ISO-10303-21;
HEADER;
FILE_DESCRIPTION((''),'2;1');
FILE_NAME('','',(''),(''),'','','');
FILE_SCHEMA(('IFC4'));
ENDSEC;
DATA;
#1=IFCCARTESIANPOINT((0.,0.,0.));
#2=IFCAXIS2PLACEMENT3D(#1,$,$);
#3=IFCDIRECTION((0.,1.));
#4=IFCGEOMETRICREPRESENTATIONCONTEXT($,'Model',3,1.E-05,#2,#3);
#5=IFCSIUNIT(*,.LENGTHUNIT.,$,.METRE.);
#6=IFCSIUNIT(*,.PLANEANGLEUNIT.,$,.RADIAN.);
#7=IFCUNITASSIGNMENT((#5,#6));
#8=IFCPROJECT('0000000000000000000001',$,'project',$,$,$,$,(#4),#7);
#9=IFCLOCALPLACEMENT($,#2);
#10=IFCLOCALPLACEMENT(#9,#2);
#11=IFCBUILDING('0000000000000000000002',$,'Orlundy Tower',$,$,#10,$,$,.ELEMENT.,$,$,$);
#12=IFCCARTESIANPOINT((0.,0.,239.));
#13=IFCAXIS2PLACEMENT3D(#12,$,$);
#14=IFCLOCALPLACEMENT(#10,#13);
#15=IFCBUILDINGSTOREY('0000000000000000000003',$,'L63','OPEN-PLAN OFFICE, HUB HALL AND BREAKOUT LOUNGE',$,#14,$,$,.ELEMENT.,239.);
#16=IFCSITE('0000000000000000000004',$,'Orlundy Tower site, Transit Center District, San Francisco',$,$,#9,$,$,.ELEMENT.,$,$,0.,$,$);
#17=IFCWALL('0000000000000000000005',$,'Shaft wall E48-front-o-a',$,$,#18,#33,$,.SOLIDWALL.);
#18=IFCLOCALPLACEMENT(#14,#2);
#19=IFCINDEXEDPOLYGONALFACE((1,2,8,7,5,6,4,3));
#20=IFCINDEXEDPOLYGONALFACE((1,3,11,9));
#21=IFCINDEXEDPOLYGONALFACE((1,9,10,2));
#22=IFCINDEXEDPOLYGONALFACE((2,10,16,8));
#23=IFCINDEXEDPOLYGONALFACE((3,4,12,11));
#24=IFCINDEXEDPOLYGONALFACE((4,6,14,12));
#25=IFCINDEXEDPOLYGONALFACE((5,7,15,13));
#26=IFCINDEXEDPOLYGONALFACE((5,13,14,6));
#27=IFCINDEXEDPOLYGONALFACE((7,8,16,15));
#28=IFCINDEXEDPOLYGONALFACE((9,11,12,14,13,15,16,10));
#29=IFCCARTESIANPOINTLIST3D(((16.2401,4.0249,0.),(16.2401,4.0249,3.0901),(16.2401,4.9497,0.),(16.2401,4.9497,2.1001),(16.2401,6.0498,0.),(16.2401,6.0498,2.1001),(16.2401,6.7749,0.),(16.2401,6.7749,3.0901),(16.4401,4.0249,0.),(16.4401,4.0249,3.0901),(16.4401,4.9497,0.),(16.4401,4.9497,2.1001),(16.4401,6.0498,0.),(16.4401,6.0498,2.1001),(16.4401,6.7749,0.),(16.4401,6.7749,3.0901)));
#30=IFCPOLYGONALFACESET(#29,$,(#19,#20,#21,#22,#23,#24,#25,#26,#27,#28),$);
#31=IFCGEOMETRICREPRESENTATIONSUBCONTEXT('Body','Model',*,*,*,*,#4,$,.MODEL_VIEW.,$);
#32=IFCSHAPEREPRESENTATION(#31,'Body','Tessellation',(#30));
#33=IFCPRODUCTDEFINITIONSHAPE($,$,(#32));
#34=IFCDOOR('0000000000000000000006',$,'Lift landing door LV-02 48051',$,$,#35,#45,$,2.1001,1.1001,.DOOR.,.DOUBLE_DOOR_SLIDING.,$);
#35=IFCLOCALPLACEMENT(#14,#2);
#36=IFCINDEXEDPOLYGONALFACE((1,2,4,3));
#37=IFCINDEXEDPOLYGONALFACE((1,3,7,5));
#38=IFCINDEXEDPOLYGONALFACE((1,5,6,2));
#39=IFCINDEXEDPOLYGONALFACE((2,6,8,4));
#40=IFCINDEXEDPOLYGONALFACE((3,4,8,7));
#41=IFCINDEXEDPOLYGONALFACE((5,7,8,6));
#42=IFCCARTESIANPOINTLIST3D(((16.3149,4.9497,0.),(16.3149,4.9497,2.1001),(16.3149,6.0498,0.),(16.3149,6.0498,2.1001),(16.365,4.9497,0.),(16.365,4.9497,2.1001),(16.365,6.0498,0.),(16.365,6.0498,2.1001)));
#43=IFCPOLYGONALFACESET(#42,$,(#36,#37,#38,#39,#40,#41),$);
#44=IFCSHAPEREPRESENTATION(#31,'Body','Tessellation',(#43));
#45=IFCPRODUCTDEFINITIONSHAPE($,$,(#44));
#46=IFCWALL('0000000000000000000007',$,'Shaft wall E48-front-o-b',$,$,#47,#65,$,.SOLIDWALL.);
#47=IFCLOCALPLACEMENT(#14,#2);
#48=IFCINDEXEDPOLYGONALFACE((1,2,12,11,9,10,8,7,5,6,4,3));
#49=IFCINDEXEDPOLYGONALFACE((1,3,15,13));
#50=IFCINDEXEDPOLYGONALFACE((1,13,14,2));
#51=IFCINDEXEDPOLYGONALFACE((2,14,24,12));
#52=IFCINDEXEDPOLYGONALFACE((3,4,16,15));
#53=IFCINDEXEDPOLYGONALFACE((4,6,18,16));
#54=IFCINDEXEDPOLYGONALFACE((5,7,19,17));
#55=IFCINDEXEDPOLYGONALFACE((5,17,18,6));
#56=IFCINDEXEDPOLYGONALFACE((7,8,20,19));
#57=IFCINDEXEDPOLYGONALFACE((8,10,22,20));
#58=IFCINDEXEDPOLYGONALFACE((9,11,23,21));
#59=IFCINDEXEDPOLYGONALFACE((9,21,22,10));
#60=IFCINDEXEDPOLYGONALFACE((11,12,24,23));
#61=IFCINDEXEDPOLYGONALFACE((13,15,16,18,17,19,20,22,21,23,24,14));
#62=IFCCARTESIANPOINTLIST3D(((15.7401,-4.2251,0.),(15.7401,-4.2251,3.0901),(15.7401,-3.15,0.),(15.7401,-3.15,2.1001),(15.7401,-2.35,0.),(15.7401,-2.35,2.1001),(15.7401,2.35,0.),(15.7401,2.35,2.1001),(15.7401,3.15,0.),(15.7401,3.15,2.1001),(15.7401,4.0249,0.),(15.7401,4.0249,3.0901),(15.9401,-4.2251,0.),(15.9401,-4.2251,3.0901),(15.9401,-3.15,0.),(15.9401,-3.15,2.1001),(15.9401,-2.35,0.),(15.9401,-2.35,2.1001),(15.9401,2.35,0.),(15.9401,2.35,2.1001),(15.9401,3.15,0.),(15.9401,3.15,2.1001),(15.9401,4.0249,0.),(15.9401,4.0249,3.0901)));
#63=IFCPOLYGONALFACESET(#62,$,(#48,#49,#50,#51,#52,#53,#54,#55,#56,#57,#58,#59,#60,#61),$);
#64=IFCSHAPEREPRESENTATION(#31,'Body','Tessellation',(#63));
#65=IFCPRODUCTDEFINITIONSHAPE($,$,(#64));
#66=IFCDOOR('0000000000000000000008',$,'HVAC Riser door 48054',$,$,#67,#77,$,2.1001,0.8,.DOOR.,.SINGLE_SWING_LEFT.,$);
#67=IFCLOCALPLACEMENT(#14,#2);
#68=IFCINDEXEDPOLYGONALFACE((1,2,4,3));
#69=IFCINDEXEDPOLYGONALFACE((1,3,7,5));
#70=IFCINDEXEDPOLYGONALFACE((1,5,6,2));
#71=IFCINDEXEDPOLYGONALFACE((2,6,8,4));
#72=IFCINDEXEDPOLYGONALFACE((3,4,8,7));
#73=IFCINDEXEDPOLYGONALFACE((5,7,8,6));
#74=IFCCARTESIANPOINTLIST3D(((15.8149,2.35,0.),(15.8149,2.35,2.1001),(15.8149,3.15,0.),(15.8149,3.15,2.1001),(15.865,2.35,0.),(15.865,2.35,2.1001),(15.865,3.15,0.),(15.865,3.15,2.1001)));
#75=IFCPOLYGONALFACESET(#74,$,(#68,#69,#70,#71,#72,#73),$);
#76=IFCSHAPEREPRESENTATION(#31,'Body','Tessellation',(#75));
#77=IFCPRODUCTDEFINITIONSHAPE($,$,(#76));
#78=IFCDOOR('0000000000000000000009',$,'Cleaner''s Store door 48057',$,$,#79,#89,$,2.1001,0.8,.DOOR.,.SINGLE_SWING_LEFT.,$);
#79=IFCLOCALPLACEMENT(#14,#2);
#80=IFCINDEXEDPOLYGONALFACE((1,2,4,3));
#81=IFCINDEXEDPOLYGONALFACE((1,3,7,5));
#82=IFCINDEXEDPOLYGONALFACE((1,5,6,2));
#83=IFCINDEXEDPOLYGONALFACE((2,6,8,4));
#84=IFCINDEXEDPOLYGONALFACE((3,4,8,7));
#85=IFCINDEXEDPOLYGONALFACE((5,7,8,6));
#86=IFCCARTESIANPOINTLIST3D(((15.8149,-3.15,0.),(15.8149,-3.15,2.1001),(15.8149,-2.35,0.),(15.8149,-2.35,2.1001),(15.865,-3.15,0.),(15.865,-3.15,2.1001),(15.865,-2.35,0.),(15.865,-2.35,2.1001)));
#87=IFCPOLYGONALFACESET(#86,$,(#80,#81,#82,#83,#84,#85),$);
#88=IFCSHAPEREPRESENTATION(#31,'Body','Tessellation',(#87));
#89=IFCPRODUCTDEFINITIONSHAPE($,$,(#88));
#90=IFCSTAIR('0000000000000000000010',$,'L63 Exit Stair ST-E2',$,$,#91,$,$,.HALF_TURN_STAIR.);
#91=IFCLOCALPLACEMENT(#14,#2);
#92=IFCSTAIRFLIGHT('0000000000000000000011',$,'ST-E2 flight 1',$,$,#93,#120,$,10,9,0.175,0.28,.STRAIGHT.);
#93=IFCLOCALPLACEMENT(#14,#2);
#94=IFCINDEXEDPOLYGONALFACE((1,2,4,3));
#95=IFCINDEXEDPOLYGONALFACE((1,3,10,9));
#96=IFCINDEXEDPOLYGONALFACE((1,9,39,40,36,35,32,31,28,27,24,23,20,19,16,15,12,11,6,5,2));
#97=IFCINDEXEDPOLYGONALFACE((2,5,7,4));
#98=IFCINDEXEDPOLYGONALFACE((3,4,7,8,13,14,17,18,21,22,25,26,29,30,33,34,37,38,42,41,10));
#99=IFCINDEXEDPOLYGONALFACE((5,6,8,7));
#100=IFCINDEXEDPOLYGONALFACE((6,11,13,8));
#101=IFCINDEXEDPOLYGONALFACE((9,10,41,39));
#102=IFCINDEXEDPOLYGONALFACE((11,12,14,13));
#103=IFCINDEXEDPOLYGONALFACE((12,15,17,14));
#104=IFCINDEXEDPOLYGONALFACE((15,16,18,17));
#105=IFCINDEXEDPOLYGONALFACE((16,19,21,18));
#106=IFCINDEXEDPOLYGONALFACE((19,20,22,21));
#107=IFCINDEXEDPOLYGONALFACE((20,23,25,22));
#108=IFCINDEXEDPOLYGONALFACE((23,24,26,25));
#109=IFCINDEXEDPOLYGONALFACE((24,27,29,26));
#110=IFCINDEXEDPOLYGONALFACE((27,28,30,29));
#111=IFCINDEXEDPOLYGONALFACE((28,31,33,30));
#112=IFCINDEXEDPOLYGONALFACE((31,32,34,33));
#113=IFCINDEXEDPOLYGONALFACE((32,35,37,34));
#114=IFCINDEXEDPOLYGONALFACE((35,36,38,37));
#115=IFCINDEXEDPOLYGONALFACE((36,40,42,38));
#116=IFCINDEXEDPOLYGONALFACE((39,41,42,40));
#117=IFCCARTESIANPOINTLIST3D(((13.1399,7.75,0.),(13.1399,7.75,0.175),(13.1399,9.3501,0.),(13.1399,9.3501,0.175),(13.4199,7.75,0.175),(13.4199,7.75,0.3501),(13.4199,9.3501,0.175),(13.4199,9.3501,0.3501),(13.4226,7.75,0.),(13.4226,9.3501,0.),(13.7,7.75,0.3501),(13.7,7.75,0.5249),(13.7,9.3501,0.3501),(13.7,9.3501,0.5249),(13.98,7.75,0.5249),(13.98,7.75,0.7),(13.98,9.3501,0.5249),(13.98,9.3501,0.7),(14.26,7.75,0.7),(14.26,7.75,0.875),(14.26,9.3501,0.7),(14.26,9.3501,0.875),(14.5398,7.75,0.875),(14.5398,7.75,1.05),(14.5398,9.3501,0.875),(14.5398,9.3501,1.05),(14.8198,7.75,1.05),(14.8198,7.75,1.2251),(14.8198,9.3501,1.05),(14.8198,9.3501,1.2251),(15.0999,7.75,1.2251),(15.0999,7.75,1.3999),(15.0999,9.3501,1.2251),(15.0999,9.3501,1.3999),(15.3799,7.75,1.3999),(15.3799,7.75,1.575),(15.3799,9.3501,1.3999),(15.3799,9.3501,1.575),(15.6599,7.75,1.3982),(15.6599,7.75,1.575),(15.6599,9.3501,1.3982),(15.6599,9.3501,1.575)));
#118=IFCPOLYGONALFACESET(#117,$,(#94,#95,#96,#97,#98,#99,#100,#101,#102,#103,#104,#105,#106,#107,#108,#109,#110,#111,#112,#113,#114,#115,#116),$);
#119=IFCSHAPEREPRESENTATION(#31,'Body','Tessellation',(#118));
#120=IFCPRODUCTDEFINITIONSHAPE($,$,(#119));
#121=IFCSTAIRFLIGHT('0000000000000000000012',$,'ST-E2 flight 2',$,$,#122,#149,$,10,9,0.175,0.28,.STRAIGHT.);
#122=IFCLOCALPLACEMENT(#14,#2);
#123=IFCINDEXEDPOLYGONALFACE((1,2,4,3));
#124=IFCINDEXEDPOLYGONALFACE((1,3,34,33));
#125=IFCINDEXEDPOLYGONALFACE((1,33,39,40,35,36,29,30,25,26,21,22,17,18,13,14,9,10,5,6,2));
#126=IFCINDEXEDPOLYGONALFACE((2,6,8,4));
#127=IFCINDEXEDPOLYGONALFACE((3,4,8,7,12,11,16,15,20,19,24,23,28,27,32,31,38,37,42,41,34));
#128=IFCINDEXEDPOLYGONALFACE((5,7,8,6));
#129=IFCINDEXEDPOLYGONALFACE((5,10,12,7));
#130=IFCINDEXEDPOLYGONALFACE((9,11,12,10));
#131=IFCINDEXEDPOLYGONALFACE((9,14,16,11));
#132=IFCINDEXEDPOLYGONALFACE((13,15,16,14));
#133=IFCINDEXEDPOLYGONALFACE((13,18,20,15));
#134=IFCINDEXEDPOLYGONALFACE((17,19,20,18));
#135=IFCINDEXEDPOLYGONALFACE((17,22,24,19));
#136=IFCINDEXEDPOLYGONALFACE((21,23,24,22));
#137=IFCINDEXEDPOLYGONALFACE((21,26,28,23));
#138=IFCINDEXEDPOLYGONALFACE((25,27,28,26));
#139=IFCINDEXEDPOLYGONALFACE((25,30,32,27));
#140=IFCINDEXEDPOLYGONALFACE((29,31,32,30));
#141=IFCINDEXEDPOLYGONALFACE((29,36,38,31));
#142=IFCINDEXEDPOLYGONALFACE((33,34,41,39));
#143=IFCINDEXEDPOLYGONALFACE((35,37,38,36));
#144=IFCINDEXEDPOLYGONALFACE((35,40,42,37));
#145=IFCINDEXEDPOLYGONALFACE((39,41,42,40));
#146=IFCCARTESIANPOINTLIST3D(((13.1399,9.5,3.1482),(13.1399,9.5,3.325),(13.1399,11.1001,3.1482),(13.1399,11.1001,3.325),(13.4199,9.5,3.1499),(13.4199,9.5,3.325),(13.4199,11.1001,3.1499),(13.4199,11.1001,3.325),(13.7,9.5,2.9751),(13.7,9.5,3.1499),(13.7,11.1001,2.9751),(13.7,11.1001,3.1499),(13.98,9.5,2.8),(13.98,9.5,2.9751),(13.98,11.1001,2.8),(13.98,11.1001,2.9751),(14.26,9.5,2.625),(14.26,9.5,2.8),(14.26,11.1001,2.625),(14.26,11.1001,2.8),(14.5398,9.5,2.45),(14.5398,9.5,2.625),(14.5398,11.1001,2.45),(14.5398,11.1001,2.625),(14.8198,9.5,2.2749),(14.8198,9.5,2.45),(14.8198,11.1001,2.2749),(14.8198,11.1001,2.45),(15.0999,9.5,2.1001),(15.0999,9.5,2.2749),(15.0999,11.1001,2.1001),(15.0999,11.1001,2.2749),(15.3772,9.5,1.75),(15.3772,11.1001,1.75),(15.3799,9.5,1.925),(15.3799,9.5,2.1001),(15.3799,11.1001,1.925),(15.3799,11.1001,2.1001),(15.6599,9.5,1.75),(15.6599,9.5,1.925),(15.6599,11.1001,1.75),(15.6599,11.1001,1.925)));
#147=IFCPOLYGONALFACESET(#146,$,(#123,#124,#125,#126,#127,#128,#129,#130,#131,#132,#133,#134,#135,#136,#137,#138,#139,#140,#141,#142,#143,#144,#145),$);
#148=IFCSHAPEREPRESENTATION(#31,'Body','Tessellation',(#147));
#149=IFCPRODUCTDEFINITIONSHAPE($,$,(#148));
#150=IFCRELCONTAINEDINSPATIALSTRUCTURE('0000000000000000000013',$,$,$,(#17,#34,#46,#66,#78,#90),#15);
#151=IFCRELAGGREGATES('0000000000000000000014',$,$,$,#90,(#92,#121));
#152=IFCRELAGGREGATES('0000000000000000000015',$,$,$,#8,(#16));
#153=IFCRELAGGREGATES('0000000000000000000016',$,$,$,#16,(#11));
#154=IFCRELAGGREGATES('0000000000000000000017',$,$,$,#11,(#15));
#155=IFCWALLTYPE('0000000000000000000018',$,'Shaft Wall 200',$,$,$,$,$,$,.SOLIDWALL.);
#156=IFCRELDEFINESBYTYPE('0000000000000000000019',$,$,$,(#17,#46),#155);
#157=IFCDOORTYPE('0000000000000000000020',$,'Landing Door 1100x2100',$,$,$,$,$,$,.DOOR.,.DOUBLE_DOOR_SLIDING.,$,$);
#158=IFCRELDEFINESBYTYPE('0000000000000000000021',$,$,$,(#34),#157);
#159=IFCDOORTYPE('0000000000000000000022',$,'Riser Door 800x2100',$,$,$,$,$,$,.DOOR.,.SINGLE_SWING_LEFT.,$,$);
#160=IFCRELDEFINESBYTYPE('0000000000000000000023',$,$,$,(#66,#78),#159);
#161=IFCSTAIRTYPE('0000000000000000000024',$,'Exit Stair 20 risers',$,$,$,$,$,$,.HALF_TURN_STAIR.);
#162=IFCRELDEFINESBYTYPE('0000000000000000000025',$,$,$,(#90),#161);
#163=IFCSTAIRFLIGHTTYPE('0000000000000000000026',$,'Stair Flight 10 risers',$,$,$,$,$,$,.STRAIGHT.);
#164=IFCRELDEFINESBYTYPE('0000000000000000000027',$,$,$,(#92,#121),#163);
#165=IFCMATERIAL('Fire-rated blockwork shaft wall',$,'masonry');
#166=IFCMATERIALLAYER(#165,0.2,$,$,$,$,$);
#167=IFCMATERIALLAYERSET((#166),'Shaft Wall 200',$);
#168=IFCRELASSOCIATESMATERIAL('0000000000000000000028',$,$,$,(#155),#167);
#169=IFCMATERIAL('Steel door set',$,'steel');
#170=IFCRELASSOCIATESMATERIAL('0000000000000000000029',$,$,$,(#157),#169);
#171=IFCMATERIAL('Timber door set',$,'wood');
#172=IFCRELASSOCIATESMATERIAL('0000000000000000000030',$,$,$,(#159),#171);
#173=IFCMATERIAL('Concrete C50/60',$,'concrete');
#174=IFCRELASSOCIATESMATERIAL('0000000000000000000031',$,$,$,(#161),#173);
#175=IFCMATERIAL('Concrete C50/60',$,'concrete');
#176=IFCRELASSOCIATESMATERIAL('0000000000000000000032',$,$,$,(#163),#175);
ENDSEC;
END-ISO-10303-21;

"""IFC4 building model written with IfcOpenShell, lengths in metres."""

from ifc_helpers import new_model, si_unit, direction, frame, frame_2d, origin, place, context, subcontext, project, spatial, polyline, rectangle, outline, extrude, material, layer, layer_set, type_object, element, fill, aggregate, save


model = new_model("IFC4")

# Units and contexts
model_context = context("Model", 3, precision=1e-05, world=origin(), true_north=direction((0.0, 1.0)))
body_context = subcontext(model_context, "Body", "Model", "MODEL_VIEW")
ifc_project = project(units=[si_unit("LENGTHUNIT", "METRE"), si_unit("PLANEANGLEUNIT", "RADIAN")], contexts=[model_context])

# Site, building, storey
site_placement = place(None, origin())
site = spatial("IfcSite", under=ifc_project, at=site_placement, Name="Orlundy Tower site, Transit Center District, San Francisco", CompositionType="ELEMENT", RefElevation=0.0)
building_placement = place(site_placement, origin())
building = spatial("IfcBuilding", under=site, at=building_placement, Name="Orlundy Tower", CompositionType="ELEMENT")
storey_placement = place(building_placement, frame((0.0, 0.0, 239.0)))
storey = spatial("IfcBuildingStorey", under=building, at=storey_placement, Name="L63", Description="OPEN-PLAN OFFICE, HUB HALL AND BREAKOUT LOUNGE", CompositionType="ELEMENT", Elevation=239.0)

# Shared definitions
ifc_material_1 = material(Name="Fire-rated blockwork shaft wall", Category="masonry")
ifc_layer_1 = layer(ifc_material_1, 0.2)
ifc_layer_set_1 = layer_set([ifc_layer_1], Name="Shaft Wall 200")
wall_type_1 = type_object("IfcWallType", Name="Shaft Wall 200", PredefinedType="SOLIDWALL", material=ifc_layer_set_1)

# Shared definitions
ifc_material_2 = material(Name="Steel door set", Category="steel")
door_type_1 = type_object("IfcDoorType", Name="Landing Door 1100x2100", OperationType="DOUBLE_DOOR_SLIDING", PredefinedType="DOOR", material=ifc_material_2)
ifc_material_3 = material(Name="Timber door set", Category="wood")
door_type_2 = type_object("IfcDoorType", Name="Riser Door 800x2100", OperationType="SINGLE_SWING_LEFT", PredefinedType="DOOR", material=ifc_material_3)

# Wall, opening, door
wall_1_placement = place(storey_placement, frame((16.3401, 6.7749, 0.0), z_axis=(0.0, 0.0, 1.0), x_axis=(0.0, -1.0, 0.0)))
wall_1 = element("IfcWall", 1, at=wall_1_placement, inside=storey, type_object=wall_type_1, Name="Shaft wall E48-front-o-a", PredefinedType="SOLIDWALL", context=body_context, shape_type="SweptSolid", body=[
    extrude(rectangle(XDim=2.75, YDim=0.2, at=frame_2d((1.375, 0.0))), origin(), (0.0, 0.0, 1.0), 3.0901),
])
opening_1_placement = place(wall_1_placement, frame((0.7251, 0.0, 0.0)))
opening_1 = element("IfcOpeningElement", 2, at=opening_1_placement, cuts=wall_1, PredefinedType="OPENING", context=body_context, shape_type="SweptSolid", body=[
    extrude(rectangle(XDim=1.1001, YDim=2.1001, at=frame_2d((0.55, 1.05))), frame((0.0, 0.1101, 0.0), z_axis=(0.0, -1.0, 0.0), x_axis=(1.0, 0.0, 0.0)), (0.0, 0.0, 1.0), 0.2202),
])
door_1_placement = place(opening_1_placement, origin())
door_1 = element("IfcDoor", 3, at=door_1_placement, inside=storey, type_object=door_type_1, Name="Lift landing door LV-02 48051", OperationType="DOUBLE_DOOR_SLIDING", OverallHeight=2.1001, OverallWidth=1.1001, PredefinedType="DOOR", context=body_context, shape_type="SweptSolid", body=[
    extrude(rectangle(XDim=1.1001, YDim=2.1001, at=frame_2d((0.55, 1.05))), frame((0.0, 0.0249, 0.0), z_axis=(0.0, -1.0, 0.0), x_axis=(1.0, 0.0, 0.0)), (0.0, 0.0, 1.0), 0.05),
])
fill(opening_1, door_1)

# Wall, openings, doors
wall_2_placement = place(storey_placement, frame((15.8401, 4.0249, 0.0), z_axis=(0.0, 0.0, 1.0), x_axis=(0.0, -1.0, 0.0)))
wall_2 = element("IfcWall", 4, at=wall_2_placement, inside=storey, type_object=wall_type_1, Name="Shaft wall E48-front-o-b", PredefinedType="SOLIDWALL", context=body_context, shape_type="SweptSolid", body=[
    extrude(rectangle(XDim=8.25, YDim=0.2, at=frame_2d((4.125, 0.0))), origin(), (0.0, 0.0, 1.0), 3.0901),
])
opening_2_placement = place(wall_2_placement, frame((0.875, 0.0, 0.0)))
opening_2 = element("IfcOpeningElement", 5, at=opening_2_placement, cuts=wall_2, PredefinedType="OPENING", context=body_context, shape_type="SweptSolid", body=[
    extrude(rectangle(XDim=0.8, YDim=2.1001, at=frame_2d((0.3999, 1.05))), frame((0.0, 0.1101, 0.0), z_axis=(0.0, -1.0, 0.0), x_axis=(1.0, 0.0, 0.0)), (0.0, 0.0, 1.0), 0.2202),
])
opening_3_placement = place(wall_2_placement, frame((6.375, 0.0, 0.0)))
opening_3 = element("IfcOpeningElement", 6, at=opening_3_placement, cuts=wall_2, PredefinedType="OPENING", context=body_context, shape_type="SweptSolid", body=[
    extrude(rectangle(XDim=0.8, YDim=2.1001, at=frame_2d((0.3999, 1.05))), frame((0.0, 0.1101, 0.0), z_axis=(0.0, -1.0, 0.0), x_axis=(1.0, 0.0, 0.0)), (0.0, 0.0, 1.0), 0.2202),
])
door_2_placement = place(opening_2_placement, origin())
door_2 = element("IfcDoor", 7, at=door_2_placement, inside=storey, type_object=door_type_2, Name="HVAC Riser door 48054", OperationType="SINGLE_SWING_LEFT", OverallHeight=2.1001, OverallWidth=0.8, PredefinedType="DOOR", context=body_context, shape_type="SweptSolid", body=[
    extrude(rectangle(XDim=0.8, YDim=2.1001, at=frame_2d((0.3999, 1.05))), frame((0.0, 0.0249, 0.0), z_axis=(0.0, -1.0, 0.0), x_axis=(1.0, 0.0, 0.0)), (0.0, 0.0, 1.0), 0.05),
])
fill(opening_2, door_2)
door_3_placement = place(opening_3_placement, origin())
door_3 = element("IfcDoor", 8, at=door_3_placement, inside=storey, type_object=door_type_2, Name="Cleaner's Store door 48057", OperationType="SINGLE_SWING_LEFT", OverallHeight=2.1001, OverallWidth=0.8, PredefinedType="DOOR", context=body_context, shape_type="SweptSolid", body=[
    extrude(rectangle(XDim=0.8, YDim=2.1001, at=frame_2d((0.3999, 1.05))), frame((0.0, 0.0249, 0.0), z_axis=(0.0, -1.0, 0.0), x_axis=(1.0, 0.0, 0.0)), (0.0, 0.0, 1.0), 0.05),
])
fill(opening_3, door_3)

# Stair, stair flights
ifc_material_4 = material(Name="Concrete C50/60", Category="concrete")
stair_type = type_object("IfcStairType", Name="Exit Stair 20 risers", PredefinedType="HALF_TURN_STAIR", material=ifc_material_4)
stair_placement = place(storey_placement, origin())
stair = element("IfcStair", 9, at=stair_placement, inside=storey, type_object=stair_type, Name="L63 Exit Stair ST-E2", PredefinedType="HALF_TURN_STAIR")
ifc_material_5 = material(Name="Concrete C50/60", Category="concrete")
stair_flight_type = type_object("IfcStairFlightType", Name="Stair Flight 10 risers", PredefinedType="STRAIGHT", material=ifc_material_5)
stair_flight_1_placement = place(storey_placement, frame((13.1399, 8.55, 0.0), z_axis=(0.0, 0.0, 1.0), x_axis=(1.0, 0.0, 0.0)))
stair_flight_1 = element("IfcStairFlight", 10, at=stair_flight_1_placement, type_object=stair_flight_type, Name="ST-E2 flight 1", NumberOfRisers=10, NumberOfTreads=9, PredefinedType="STRAIGHT", RiserHeight=0.175, TreadLength=0.28, context=body_context, shape_type="SweptSolid", body=[
    extrude(outline(polyline([(0.0, 0.0), (0.0, 0.175), (0.28, 0.175), (0.28, 0.3501), (0.5601, 0.3501), (0.5601, 0.5249), (0.8401, 0.5249), (0.8401, 0.7), (1.1201, 0.7), (1.1201, 0.875), (1.3999, 0.875), (1.3999, 1.05), (1.6799, 1.05), (1.6799, 1.2251), (1.96, 1.2251), (1.96, 1.3999), (2.24, 1.3999), (2.24, 1.575), (2.52, 1.575), (2.52, 1.75), (2.52, 1.3982), (0.2827, 0.0), (0.0, 0.0)])), frame((0.0, 0.8, 0.0), z_axis=(0.0, -1.0, 0.0), x_axis=(1.0, 0.0, 0.0)), (0.0, 0.0, 1.0), 1.6001),
])
stair_flight_2_placement = place(storey_placement, frame((15.6599, 10.3, 1.75), z_axis=(0.0, 0.0, 1.0), x_axis=(-1.0, 0.0, 0.0)))
stair_flight_2 = element("IfcStairFlight", 11, at=stair_flight_2_placement, type_object=stair_flight_type, Name="ST-E2 flight 2", NumberOfRisers=10, NumberOfTreads=9, PredefinedType="STRAIGHT", RiserHeight=0.175, TreadLength=0.28, context=body_context, shape_type="SweptSolid", body=[
    extrude(outline(polyline([(0.0, 0.0), (0.0, 0.175), (0.28, 0.175), (0.28, 0.3501), (0.5601, 0.3501), (0.5601, 0.5249), (0.8401, 0.5249), (0.8401, 0.7), (1.1201, 0.7), (1.1201, 0.875), (1.3999, 0.875), (1.3999, 1.05), (1.6799, 1.05), (1.6799, 1.2251), (1.96, 1.2251), (1.96, 1.3999), (2.24, 1.3999), (2.24, 1.575), (2.52, 1.575), (2.52, 1.75), (2.52, 1.3982), (0.2827, 0.0), (0.0, 0.0)])), frame((0.0, 0.8, 0.0), z_axis=(0.0, -1.0, 0.0), x_axis=(1.0, 0.0, 0.0)), (0.0, 0.0, 1.0), 1.6001),
])
aggregate(stair, [stair_flight_1, stair_flight_2])

save(model, "model.ifc")
